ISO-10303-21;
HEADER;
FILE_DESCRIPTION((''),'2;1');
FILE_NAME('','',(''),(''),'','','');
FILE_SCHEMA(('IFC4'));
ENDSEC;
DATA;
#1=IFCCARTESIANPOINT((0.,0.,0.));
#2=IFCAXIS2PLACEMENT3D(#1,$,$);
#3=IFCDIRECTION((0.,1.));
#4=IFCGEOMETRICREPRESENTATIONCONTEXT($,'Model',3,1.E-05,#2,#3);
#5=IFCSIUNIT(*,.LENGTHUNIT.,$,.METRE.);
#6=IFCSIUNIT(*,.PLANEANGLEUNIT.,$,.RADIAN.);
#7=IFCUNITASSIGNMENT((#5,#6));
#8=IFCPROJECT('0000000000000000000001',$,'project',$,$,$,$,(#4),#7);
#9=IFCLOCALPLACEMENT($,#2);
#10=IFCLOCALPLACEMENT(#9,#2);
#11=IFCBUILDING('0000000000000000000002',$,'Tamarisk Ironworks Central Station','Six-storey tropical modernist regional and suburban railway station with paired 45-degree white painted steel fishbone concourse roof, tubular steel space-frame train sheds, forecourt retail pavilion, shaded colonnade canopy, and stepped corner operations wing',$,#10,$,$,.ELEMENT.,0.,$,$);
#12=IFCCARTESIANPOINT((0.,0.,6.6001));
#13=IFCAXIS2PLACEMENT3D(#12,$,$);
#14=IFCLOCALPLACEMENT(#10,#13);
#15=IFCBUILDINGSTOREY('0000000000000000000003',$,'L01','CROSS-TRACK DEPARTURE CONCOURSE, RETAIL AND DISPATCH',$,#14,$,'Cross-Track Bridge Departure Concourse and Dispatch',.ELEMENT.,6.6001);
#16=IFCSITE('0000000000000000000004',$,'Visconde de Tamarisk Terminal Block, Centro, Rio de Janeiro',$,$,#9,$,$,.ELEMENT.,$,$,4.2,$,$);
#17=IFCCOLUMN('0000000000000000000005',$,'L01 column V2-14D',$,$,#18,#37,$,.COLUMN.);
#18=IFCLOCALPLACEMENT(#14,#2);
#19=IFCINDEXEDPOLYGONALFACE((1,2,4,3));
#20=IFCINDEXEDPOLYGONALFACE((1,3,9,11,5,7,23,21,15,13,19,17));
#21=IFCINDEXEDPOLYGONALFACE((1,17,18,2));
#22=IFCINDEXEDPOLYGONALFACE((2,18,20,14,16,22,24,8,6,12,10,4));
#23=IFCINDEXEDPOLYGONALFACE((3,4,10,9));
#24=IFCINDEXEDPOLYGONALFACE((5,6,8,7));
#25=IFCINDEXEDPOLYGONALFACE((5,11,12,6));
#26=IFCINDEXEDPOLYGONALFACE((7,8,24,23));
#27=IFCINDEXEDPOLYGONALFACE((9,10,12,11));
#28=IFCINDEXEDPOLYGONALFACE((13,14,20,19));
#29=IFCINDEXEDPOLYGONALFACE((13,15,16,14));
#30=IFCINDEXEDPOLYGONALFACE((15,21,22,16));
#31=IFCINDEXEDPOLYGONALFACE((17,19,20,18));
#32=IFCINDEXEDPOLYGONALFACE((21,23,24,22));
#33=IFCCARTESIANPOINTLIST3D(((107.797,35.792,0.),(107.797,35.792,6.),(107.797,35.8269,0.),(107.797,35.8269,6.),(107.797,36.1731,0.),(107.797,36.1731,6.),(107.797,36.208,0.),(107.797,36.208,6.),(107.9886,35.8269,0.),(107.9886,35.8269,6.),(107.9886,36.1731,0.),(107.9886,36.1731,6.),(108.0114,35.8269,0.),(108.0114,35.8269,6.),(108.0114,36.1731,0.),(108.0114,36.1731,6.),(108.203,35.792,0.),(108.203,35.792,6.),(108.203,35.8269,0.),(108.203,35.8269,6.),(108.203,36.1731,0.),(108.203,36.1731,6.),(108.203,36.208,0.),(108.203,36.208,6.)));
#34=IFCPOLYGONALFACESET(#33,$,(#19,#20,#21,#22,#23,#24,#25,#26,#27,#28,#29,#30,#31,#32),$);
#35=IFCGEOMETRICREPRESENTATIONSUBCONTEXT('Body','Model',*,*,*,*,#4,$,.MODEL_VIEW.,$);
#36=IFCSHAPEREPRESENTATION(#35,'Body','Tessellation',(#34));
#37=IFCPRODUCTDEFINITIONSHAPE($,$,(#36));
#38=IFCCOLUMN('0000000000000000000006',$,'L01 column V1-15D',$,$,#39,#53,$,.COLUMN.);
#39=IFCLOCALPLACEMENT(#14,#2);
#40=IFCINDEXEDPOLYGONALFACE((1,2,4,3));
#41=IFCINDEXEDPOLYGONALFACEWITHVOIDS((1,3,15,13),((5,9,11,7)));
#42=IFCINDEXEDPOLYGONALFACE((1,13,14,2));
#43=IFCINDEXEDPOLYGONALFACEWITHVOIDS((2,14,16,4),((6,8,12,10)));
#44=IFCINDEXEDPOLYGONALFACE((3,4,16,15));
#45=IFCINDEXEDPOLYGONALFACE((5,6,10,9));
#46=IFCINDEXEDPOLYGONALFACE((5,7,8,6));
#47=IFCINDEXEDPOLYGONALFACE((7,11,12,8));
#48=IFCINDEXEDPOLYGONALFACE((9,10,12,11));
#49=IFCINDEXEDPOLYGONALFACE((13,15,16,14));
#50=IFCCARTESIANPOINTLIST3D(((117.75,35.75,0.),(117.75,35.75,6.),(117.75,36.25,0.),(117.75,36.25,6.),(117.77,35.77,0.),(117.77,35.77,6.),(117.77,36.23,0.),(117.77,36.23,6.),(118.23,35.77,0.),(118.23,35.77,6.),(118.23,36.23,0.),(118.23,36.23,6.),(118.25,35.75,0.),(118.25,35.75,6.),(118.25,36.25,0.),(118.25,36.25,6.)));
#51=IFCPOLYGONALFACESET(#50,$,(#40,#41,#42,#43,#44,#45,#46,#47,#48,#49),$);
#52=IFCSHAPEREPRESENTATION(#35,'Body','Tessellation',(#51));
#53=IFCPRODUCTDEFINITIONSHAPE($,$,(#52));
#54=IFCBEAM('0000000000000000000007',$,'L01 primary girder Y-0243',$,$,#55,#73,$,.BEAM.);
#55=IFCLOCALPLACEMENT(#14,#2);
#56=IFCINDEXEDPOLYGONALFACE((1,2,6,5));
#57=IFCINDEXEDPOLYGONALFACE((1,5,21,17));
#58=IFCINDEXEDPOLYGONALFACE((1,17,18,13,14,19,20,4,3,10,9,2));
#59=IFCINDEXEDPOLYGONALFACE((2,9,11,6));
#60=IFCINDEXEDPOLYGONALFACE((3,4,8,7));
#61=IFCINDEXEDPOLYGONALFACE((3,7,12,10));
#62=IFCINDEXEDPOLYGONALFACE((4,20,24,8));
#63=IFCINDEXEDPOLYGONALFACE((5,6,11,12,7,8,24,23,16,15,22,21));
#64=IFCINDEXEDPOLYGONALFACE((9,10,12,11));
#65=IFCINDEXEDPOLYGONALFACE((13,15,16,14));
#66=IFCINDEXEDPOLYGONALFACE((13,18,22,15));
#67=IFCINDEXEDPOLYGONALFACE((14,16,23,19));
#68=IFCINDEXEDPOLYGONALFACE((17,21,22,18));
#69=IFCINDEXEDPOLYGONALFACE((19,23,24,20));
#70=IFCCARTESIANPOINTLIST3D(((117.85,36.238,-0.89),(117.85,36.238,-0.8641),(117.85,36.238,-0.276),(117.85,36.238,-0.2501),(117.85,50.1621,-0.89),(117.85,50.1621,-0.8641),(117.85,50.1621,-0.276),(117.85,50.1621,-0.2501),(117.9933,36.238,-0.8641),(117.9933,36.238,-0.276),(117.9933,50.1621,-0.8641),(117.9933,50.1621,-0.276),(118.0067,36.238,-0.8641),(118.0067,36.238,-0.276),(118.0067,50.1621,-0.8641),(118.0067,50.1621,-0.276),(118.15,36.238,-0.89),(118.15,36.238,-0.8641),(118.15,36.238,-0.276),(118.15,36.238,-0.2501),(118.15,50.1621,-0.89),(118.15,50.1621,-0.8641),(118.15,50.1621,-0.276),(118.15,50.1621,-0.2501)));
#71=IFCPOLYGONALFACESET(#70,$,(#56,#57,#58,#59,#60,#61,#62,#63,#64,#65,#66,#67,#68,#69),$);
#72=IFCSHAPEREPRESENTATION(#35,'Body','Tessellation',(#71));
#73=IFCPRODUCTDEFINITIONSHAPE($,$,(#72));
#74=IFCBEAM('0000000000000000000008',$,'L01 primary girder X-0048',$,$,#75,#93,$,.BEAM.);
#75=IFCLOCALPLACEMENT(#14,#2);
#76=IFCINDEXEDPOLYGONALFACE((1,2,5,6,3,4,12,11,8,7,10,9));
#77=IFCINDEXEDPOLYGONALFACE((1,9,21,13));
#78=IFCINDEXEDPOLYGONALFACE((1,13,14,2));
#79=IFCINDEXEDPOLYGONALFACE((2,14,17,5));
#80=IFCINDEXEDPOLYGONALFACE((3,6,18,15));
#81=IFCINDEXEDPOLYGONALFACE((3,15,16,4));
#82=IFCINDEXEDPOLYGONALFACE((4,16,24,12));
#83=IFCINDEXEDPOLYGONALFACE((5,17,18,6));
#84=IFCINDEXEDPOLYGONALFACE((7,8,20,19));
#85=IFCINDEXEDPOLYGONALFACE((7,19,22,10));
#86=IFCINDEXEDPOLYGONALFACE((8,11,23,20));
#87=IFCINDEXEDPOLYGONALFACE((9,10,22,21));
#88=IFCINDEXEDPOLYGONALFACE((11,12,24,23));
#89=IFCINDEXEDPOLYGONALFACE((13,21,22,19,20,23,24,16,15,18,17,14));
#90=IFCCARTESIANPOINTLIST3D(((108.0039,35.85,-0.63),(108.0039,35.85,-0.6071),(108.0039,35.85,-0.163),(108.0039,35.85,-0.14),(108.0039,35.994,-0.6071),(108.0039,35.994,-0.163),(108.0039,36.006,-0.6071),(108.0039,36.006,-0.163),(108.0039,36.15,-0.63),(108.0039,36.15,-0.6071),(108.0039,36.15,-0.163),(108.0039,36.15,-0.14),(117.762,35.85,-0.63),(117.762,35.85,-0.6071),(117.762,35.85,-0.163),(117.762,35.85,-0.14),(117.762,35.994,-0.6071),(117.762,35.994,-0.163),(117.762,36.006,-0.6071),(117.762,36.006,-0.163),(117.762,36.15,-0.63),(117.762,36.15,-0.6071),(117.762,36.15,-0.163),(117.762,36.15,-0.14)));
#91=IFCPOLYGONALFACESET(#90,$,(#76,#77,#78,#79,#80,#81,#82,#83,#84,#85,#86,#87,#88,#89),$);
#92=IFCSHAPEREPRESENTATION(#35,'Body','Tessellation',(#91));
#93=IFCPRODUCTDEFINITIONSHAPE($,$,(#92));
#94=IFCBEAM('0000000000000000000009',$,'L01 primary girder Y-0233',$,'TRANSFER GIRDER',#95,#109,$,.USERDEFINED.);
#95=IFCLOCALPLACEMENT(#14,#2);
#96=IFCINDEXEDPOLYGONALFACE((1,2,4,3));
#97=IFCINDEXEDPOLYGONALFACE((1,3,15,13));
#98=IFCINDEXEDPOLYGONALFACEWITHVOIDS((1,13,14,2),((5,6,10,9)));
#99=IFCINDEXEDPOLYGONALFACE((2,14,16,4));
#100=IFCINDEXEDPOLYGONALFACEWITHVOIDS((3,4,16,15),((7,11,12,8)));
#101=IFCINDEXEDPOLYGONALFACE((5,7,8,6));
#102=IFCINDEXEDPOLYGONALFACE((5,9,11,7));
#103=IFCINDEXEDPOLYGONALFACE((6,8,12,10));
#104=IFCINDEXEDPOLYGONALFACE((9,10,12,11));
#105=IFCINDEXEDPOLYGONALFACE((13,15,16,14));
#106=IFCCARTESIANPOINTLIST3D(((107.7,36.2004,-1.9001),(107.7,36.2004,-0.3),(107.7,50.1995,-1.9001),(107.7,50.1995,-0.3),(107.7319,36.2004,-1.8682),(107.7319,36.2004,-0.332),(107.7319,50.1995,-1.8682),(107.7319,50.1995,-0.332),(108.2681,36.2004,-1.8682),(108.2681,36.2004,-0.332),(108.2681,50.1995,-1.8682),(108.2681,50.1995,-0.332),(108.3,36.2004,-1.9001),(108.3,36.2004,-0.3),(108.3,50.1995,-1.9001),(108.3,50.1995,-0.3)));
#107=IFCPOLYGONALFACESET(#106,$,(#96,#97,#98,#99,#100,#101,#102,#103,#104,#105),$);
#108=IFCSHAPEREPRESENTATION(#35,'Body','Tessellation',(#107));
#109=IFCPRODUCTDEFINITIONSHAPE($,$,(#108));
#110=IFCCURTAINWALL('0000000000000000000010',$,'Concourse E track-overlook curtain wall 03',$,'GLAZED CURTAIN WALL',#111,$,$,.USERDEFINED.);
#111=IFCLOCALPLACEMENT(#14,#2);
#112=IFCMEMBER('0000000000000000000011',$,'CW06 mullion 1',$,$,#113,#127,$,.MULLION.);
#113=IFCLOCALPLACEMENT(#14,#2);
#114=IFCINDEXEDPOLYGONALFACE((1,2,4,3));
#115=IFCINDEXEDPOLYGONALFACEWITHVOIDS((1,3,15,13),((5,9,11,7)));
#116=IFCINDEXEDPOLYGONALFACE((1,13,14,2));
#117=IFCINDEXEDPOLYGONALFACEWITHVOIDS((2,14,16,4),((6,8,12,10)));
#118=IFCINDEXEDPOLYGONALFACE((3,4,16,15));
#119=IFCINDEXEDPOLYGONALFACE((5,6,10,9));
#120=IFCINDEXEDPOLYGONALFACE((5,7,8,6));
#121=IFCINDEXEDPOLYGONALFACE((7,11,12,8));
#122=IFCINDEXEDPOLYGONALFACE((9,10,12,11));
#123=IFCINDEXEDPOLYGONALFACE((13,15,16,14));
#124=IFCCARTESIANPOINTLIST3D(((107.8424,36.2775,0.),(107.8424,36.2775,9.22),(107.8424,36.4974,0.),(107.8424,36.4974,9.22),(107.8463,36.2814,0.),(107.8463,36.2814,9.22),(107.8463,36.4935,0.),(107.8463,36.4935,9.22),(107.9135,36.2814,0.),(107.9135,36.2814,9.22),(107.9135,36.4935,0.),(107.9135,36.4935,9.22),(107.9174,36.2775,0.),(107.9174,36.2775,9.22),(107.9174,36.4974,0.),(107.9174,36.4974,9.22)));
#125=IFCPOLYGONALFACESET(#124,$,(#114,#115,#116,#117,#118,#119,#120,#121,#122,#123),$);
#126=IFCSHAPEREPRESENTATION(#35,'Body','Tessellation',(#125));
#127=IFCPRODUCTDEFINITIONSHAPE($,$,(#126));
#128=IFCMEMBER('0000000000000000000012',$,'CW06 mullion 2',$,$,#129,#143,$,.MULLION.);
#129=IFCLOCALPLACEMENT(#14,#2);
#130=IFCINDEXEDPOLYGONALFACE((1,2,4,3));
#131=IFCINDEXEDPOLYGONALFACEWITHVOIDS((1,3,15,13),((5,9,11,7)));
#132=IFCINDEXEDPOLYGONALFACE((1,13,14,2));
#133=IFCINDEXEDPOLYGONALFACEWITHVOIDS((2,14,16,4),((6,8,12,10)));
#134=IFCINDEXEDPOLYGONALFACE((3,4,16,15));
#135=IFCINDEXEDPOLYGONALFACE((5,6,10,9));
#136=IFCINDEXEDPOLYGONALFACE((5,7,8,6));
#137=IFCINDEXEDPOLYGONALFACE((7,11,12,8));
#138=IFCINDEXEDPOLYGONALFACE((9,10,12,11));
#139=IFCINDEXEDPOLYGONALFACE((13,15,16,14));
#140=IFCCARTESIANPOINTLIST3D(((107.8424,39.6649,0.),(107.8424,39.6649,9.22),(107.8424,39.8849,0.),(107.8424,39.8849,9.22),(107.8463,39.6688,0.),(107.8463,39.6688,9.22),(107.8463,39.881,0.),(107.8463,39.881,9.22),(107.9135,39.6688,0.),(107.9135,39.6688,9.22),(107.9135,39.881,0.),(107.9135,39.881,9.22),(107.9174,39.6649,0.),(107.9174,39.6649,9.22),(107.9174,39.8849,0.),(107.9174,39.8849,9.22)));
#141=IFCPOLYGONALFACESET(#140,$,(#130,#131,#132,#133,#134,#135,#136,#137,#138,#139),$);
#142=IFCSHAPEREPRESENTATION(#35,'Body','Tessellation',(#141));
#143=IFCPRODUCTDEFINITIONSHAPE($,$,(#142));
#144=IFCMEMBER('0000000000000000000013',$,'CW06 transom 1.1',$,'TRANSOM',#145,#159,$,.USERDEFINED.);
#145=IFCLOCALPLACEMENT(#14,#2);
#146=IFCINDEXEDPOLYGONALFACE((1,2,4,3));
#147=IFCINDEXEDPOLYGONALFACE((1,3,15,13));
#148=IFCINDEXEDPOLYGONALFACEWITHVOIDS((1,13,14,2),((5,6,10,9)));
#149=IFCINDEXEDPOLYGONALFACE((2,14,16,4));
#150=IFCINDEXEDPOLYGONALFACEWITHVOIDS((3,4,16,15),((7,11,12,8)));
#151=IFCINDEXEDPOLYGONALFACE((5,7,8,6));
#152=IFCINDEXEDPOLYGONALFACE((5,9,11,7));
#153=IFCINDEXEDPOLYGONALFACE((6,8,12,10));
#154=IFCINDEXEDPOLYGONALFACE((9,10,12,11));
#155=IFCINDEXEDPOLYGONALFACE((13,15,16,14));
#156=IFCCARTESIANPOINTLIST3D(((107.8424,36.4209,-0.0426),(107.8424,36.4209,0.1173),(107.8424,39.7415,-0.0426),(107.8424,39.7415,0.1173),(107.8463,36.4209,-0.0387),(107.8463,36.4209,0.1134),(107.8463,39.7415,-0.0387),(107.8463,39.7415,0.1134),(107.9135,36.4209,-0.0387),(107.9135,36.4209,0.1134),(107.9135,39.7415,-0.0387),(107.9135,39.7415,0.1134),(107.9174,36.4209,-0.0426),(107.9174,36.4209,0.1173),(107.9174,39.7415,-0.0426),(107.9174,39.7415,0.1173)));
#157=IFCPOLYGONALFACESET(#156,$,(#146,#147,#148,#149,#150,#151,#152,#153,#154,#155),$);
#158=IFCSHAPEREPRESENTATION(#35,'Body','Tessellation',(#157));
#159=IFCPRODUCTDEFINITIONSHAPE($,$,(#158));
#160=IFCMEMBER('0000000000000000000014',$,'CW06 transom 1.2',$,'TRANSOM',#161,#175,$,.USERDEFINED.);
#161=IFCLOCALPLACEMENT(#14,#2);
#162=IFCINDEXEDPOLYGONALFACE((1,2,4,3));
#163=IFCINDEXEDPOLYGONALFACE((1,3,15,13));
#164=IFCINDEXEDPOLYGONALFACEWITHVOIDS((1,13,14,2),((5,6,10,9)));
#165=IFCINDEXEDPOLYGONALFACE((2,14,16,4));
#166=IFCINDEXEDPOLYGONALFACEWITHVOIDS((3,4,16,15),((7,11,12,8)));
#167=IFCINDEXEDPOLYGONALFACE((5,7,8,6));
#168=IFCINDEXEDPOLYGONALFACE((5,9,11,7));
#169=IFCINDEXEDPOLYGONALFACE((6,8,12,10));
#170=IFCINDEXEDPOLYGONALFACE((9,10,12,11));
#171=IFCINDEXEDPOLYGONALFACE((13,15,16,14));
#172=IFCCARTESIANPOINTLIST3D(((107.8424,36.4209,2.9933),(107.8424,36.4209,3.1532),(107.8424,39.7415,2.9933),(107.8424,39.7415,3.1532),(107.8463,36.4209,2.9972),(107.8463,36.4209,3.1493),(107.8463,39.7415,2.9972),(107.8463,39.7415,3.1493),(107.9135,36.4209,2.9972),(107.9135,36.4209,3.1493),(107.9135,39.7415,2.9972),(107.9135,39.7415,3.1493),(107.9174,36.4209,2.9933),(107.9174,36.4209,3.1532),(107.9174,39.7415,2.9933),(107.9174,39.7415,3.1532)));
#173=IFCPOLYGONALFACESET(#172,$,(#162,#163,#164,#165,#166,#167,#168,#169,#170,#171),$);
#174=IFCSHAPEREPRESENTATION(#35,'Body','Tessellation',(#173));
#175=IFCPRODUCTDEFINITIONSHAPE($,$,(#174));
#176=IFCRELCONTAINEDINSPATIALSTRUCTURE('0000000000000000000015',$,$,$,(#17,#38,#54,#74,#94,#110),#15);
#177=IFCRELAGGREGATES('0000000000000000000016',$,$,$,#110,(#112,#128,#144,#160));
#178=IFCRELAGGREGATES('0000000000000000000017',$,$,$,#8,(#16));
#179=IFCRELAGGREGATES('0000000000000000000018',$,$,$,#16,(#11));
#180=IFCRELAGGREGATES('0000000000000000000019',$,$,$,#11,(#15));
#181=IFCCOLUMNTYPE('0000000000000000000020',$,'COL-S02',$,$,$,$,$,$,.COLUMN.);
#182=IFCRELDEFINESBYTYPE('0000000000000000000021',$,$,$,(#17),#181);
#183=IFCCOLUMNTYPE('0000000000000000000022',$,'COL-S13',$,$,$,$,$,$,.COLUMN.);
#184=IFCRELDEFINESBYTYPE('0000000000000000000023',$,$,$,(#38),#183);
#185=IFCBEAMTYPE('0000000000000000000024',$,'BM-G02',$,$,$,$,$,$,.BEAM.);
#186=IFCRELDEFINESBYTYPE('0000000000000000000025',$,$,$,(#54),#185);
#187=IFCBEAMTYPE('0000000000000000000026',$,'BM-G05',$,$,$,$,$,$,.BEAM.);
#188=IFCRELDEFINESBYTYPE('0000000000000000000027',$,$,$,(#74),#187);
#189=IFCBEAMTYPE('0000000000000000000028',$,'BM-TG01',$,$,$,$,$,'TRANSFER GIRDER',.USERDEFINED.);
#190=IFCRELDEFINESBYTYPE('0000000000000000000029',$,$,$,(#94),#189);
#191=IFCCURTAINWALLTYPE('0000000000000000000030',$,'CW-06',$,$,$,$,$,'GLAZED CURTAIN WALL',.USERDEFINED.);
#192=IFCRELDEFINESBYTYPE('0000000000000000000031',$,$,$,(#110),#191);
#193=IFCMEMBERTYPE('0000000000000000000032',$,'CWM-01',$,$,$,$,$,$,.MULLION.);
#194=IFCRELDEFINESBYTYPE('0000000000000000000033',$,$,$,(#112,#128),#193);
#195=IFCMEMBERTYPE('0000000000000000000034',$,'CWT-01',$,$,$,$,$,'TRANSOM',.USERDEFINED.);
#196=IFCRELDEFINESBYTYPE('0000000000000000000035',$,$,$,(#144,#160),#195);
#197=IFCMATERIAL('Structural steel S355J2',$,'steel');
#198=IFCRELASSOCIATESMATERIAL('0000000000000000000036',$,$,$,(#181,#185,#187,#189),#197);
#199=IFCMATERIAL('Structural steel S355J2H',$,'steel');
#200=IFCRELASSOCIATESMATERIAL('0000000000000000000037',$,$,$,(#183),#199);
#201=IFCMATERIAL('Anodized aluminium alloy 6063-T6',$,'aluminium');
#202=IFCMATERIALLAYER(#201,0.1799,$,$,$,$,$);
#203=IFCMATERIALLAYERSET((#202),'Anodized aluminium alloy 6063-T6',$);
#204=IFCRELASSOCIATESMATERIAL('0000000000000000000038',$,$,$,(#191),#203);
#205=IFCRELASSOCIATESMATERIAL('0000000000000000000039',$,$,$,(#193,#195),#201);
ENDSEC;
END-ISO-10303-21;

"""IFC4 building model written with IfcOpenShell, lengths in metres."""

from ifc_helpers import new_model, si_unit, direction, frame, origin, origin_2d, place, context, subcontext, project, spatial, hollow_rectangle, i_section, extrude, material, layer, layer_set, material_profile, profile_set, type_object, element, aggregate, save


model = new_model("IFC4")

# Units and contexts
model_context = context("Model", 3, precision=1e-05, world=origin(), true_north=direction((0.0, 1.0)))
body_context = subcontext(model_context, "Body", "Model", "MODEL_VIEW")
ifc_project = project(units=[si_unit("LENGTHUNIT", "METRE"), si_unit("PLANEANGLEUNIT", "RADIAN")], contexts=[model_context])

# Site, building, storey
site_placement = place(None, origin())
site = spatial("IfcSite", under=ifc_project, at=site_placement, Name="Visconde de Tamarisk Terminal Block, Centro, Rio de Janeiro", CompositionType="ELEMENT", RefElevation=4.2)
building_placement = place(site_placement, origin())
building = spatial("IfcBuilding", under=site, at=building_placement, Name="Tamarisk Ironworks Central Station", Description="Six-storey tropical modernist regional and suburban railway station with paired 45-degree white painted steel fishbone concourse roof, tubular steel space-frame train sheds, forecourt retail pavilion, shaded colonnade canopy, and stepped corner operations wing", CompositionType="ELEMENT", ElevationOfRefHeight=0.0)
storey_placement = place(building_placement, frame((0.0, 0.0, 6.6001)))
storey = spatial("IfcBuildingStorey", under=building, at=storey_placement, Name="L01", Description="CROSS-TRACK DEPARTURE CONCOURSE, RETAIL AND DISPATCH", LongName="Cross-Track Bridge Departure Concourse and Dispatch", CompositionType="ELEMENT", Elevation=6.6001)

# Columns
ifc_material_1 = material(Name="Structural steel S355J2", Category="steel")
ifc_material_profile_1 = material_profile(ifc_material_1, i_section(OverallWidth=0.406, OverallDepth=0.416, WebThickness=0.0227, FlangeThickness=0.0349, at=origin_2d()), Name="HD 400x382")
ifc_profile_set_1 = profile_set([ifc_material_profile_1], Name="Structural steel S355J2")
column_type_1 = type_object("IfcColumnType", Name="COL-S02", PredefinedType="COLUMN", material=ifc_profile_set_1)
column_1_placement = place(storey_placement, frame((108.0, 36.0, 0.0), z_axis=(0.0, 0.0, 1.0), x_axis=(1.0, 0.0, 0.0)))
element("IfcColumn", 1, at=column_1_placement, inside=storey, type_object=column_type_1, Name="L01 column V2-14D", PredefinedType="COLUMN", context=body_context, shape_type="SweptSolid", body=[
    extrude(i_section(OverallWidth=0.406, OverallDepth=0.416, WebThickness=0.0227, FlangeThickness=0.0349, at=origin_2d()), origin(), (0.0, 0.0, 1.0), 6.0),
])
ifc_material_2 = material(Name="Structural steel S355J2H", Category="steel")
ifc_material_profile_2 = material_profile(ifc_material_2, hollow_rectangle(XDim=0.5, YDim=0.5, WallThickness=0.02, at=origin_2d()), Name="SHS 500x500x20")
ifc_profile_set_2 = profile_set([ifc_material_profile_2], Name="Structural steel S355J2H")
column_type_2 = type_object("IfcColumnType", Name="COL-S13", PredefinedType="COLUMN", material=ifc_profile_set_2)
column_2_placement = place(storey_placement, frame((118.0, 36.0, 0.0), z_axis=(0.0, 0.0, 1.0), x_axis=(1.0, 0.0, 0.0)))
element("IfcColumn", 2, at=column_2_placement, inside=storey, type_object=column_type_2, Name="L01 column V1-15D", PredefinedType="COLUMN", context=body_context, shape_type="SweptSolid", body=[
    extrude(hollow_rectangle(XDim=0.5, YDim=0.5, WallThickness=0.02, at=origin_2d()), origin(), (0.0, 0.0, 1.0), 6.0),
])

# Beams
ifc_material_profile_3 = material_profile(ifc_material_1, i_section(OverallWidth=0.3, OverallDepth=0.6399, WebThickness=0.0134, FlangeThickness=0.0259, at=origin_2d()), Name="HEA 650")
ifc_profile_set_3 = profile_set([ifc_material_profile_3], Name="Structural steel S355J2")
beam_type_1 = type_object("IfcBeamType", Name="BM-G02", PredefinedType="BEAM", material=ifc_profile_set_3)
beam_1_placement = place(storey_placement, frame((118.0, 36.238, -0.5701), z_axis=(0.0, 1.0, 0.0), x_axis=(-1.0, 0.0, 0.0)))
element("IfcBeam", 3, at=beam_1_placement, inside=storey, type_object=beam_type_1, Name="L01 primary girder Y-0243", PredefinedType="BEAM", context=body_context, shape_type="SweptSolid", body=[
    extrude(i_section(OverallWidth=0.3, OverallDepth=0.6399, WebThickness=0.0134, FlangeThickness=0.0259, at=origin_2d()), origin(), (0.0, 0.0, 1.0), 13.9241),
])
ifc_material_profile_4 = material_profile(ifc_material_1, i_section(OverallWidth=0.3, OverallDepth=0.49, WebThickness=0.012, FlangeThickness=0.0229, at=origin_2d()), Name="HEA 500")
ifc_profile_set_4 = profile_set([ifc_material_profile_4], Name="Structural steel S355J2")
beam_type_2 = type_object("IfcBeamType", Name="BM-G05", PredefinedType="BEAM", material=ifc_profile_set_4)
beam_2_placement = place(storey_placement, frame((108.0039, 36.0, -0.385), z_axis=(1.0, 0.0, 0.0), x_axis=(0.0, 1.0, 0.0)))
element("IfcBeam", 4, at=beam_2_placement, inside=storey, type_object=beam_type_2, Name="L01 primary girder X-0048", PredefinedType="BEAM", context=body_context, shape_type="SweptSolid", body=[
    extrude(i_section(OverallWidth=0.3, OverallDepth=0.49, WebThickness=0.012, FlangeThickness=0.0229, at=origin_2d()), origin(), (0.0, 0.0, 1.0), 9.7581),
])
ifc_material_profile_5 = material_profile(ifc_material_1, hollow_rectangle(XDim=0.6001, YDim=1.6001, WallThickness=0.032, at=origin_2d()), Name="BOX 600x1600x32")
ifc_profile_set_5 = profile_set([ifc_material_profile_5], Name="Structural steel S355J2")
beam_type_3 = type_object("IfcBeamType", Name="BM-TG01", ElementType="TRANSFER GIRDER", PredefinedType="USERDEFINED", material=ifc_profile_set_5)
beam_3_placement = place(storey_placement, frame((108.0, 36.2004, -1.1001), z_axis=(0.0, 1.0, 0.0), x_axis=(-1.0, 0.0, 0.0)))
element("IfcBeam", 5, at=beam_3_placement, inside=storey, type_object=beam_type_3, Name="L01 primary girder Y-0233", ObjectType="TRANSFER GIRDER", PredefinedType="USERDEFINED", context=body_context, shape_type="SweptSolid", body=[
    extrude(hollow_rectangle(XDim=0.6001, YDim=1.6001, WallThickness=0.032, at=origin_2d()), origin(), (0.0, 0.0, 1.0), 13.999),
])

# Curtain wall, members
ifc_material_3 = material(Name="Anodized aluminium alloy 6063-T6", Category="aluminium")
ifc_layer_1 = layer(ifc_material_3, 0.1799)
ifc_layer_set_1 = layer_set([ifc_layer_1], Name="Anodized aluminium alloy 6063-T6")
curtain_wall_type = type_object("IfcCurtainWallType", Name="CW-06", ElementType="GLAZED CURTAIN WALL", PredefinedType="USERDEFINED", material=ifc_layer_set_1)
curtain_wall_placement = place(storey_placement, origin())
curtain_wall = element("IfcCurtainWall", 6, at=curtain_wall_placement, inside=storey, type_object=curtain_wall_type, Name="Concourse E track-overlook curtain wall 03", ObjectType="GLAZED CURTAIN WALL", PredefinedType="USERDEFINED")
ifc_material_profile_6 = material_profile(ifc_material_3, hollow_rectangle(XDim=0.075, YDim=0.22, WallThickness=0.0039, at=origin_2d()), Name="ALUM 220x75")
ifc_profile_set_6 = profile_set([ifc_material_profile_6], Name="Anodized aluminium alloy 6063-T6")
member_type_1 = type_object("IfcMemberType", Name="CWM-01", PredefinedType="MULLION", material=ifc_profile_set_6)
member_1_placement = place(storey_placement, frame((107.8799, 36.3875, 0.0), z_axis=(0.0, 0.0, 1.0), x_axis=(-1.0, 0.0, 0.0)))
member_1 = element("IfcMember", 7, at=member_1_placement, type_object=member_type_1, Name="CW06 mullion 1", PredefinedType="MULLION", context=body_context, shape_type="SweptSolid", body=[
    extrude(hollow_rectangle(XDim=0.075, YDim=0.22, WallThickness=0.0039, at=origin_2d()), origin(), (0.0, 0.0, 1.0), 9.22),
])
member_2_placement = place(storey_placement, frame((107.8799, 39.7749, 0.0), z_axis=(0.0, 0.0, 1.0), x_axis=(-1.0, 0.0, 0.0)))
member_2 = element("IfcMember", 8, at=member_2_placement, type_object=member_type_1, Name="CW06 mullion 2", PredefinedType="MULLION", context=body_context, shape_type="SweptSolid", body=[
    extrude(hollow_rectangle(XDim=0.075, YDim=0.22, WallThickness=0.0039, at=origin_2d()), origin(), (0.0, 0.0, 1.0), 9.22),
])
ifc_material_profile_7 = material_profile(ifc_material_3, hollow_rectangle(XDim=0.075, YDim=0.1599, WallThickness=0.0039, at=origin_2d()), Name="ALUM 160x75")
ifc_profile_set_7 = profile_set([ifc_material_profile_7], Name="Anodized aluminium alloy 6063-T6")
member_type_2 = type_object("IfcMemberType", Name="CWT-01", ElementType="TRANSOM", PredefinedType="USERDEFINED", material=ifc_profile_set_7)
member_3_placement = place(storey_placement, frame((107.8799, 36.4209, 0.0374), z_axis=(0.0, 1.0, 0.0), x_axis=(-1.0, 0.0, 0.0)))
member_3 = element("IfcMember", 9, at=member_3_placement, type_object=member_type_2, Name="CW06 transom 1.1", ObjectType="TRANSOM", PredefinedType="USERDEFINED", context=body_context, shape_type="SweptSolid", body=[
    extrude(hollow_rectangle(XDim=0.075, YDim=0.1599, WallThickness=0.0039, at=origin_2d()), origin(), (0.0, 0.0, 1.0), 3.3206),
])
member_4_placement = place(storey_placement, frame((107.8799, 36.4209, 3.0732), z_axis=(0.0, 1.0, 0.0), x_axis=(-1.0, 0.0, 0.0)))
member_4 = element("IfcMember", 10, at=member_4_placement, type_object=member_type_2, Name="CW06 transom 1.2", ObjectType="TRANSOM", PredefinedType="USERDEFINED", context=body_context, shape_type="SweptSolid", body=[
    extrude(hollow_rectangle(XDim=0.075, YDim=0.1599, WallThickness=0.0039, at=origin_2d()), origin(), (0.0, 0.0, 1.0), 3.3206),
])

aggregate(curtain_wall, [member_1, member_2, member_3, member_4])

save(model, "model.ifc")
